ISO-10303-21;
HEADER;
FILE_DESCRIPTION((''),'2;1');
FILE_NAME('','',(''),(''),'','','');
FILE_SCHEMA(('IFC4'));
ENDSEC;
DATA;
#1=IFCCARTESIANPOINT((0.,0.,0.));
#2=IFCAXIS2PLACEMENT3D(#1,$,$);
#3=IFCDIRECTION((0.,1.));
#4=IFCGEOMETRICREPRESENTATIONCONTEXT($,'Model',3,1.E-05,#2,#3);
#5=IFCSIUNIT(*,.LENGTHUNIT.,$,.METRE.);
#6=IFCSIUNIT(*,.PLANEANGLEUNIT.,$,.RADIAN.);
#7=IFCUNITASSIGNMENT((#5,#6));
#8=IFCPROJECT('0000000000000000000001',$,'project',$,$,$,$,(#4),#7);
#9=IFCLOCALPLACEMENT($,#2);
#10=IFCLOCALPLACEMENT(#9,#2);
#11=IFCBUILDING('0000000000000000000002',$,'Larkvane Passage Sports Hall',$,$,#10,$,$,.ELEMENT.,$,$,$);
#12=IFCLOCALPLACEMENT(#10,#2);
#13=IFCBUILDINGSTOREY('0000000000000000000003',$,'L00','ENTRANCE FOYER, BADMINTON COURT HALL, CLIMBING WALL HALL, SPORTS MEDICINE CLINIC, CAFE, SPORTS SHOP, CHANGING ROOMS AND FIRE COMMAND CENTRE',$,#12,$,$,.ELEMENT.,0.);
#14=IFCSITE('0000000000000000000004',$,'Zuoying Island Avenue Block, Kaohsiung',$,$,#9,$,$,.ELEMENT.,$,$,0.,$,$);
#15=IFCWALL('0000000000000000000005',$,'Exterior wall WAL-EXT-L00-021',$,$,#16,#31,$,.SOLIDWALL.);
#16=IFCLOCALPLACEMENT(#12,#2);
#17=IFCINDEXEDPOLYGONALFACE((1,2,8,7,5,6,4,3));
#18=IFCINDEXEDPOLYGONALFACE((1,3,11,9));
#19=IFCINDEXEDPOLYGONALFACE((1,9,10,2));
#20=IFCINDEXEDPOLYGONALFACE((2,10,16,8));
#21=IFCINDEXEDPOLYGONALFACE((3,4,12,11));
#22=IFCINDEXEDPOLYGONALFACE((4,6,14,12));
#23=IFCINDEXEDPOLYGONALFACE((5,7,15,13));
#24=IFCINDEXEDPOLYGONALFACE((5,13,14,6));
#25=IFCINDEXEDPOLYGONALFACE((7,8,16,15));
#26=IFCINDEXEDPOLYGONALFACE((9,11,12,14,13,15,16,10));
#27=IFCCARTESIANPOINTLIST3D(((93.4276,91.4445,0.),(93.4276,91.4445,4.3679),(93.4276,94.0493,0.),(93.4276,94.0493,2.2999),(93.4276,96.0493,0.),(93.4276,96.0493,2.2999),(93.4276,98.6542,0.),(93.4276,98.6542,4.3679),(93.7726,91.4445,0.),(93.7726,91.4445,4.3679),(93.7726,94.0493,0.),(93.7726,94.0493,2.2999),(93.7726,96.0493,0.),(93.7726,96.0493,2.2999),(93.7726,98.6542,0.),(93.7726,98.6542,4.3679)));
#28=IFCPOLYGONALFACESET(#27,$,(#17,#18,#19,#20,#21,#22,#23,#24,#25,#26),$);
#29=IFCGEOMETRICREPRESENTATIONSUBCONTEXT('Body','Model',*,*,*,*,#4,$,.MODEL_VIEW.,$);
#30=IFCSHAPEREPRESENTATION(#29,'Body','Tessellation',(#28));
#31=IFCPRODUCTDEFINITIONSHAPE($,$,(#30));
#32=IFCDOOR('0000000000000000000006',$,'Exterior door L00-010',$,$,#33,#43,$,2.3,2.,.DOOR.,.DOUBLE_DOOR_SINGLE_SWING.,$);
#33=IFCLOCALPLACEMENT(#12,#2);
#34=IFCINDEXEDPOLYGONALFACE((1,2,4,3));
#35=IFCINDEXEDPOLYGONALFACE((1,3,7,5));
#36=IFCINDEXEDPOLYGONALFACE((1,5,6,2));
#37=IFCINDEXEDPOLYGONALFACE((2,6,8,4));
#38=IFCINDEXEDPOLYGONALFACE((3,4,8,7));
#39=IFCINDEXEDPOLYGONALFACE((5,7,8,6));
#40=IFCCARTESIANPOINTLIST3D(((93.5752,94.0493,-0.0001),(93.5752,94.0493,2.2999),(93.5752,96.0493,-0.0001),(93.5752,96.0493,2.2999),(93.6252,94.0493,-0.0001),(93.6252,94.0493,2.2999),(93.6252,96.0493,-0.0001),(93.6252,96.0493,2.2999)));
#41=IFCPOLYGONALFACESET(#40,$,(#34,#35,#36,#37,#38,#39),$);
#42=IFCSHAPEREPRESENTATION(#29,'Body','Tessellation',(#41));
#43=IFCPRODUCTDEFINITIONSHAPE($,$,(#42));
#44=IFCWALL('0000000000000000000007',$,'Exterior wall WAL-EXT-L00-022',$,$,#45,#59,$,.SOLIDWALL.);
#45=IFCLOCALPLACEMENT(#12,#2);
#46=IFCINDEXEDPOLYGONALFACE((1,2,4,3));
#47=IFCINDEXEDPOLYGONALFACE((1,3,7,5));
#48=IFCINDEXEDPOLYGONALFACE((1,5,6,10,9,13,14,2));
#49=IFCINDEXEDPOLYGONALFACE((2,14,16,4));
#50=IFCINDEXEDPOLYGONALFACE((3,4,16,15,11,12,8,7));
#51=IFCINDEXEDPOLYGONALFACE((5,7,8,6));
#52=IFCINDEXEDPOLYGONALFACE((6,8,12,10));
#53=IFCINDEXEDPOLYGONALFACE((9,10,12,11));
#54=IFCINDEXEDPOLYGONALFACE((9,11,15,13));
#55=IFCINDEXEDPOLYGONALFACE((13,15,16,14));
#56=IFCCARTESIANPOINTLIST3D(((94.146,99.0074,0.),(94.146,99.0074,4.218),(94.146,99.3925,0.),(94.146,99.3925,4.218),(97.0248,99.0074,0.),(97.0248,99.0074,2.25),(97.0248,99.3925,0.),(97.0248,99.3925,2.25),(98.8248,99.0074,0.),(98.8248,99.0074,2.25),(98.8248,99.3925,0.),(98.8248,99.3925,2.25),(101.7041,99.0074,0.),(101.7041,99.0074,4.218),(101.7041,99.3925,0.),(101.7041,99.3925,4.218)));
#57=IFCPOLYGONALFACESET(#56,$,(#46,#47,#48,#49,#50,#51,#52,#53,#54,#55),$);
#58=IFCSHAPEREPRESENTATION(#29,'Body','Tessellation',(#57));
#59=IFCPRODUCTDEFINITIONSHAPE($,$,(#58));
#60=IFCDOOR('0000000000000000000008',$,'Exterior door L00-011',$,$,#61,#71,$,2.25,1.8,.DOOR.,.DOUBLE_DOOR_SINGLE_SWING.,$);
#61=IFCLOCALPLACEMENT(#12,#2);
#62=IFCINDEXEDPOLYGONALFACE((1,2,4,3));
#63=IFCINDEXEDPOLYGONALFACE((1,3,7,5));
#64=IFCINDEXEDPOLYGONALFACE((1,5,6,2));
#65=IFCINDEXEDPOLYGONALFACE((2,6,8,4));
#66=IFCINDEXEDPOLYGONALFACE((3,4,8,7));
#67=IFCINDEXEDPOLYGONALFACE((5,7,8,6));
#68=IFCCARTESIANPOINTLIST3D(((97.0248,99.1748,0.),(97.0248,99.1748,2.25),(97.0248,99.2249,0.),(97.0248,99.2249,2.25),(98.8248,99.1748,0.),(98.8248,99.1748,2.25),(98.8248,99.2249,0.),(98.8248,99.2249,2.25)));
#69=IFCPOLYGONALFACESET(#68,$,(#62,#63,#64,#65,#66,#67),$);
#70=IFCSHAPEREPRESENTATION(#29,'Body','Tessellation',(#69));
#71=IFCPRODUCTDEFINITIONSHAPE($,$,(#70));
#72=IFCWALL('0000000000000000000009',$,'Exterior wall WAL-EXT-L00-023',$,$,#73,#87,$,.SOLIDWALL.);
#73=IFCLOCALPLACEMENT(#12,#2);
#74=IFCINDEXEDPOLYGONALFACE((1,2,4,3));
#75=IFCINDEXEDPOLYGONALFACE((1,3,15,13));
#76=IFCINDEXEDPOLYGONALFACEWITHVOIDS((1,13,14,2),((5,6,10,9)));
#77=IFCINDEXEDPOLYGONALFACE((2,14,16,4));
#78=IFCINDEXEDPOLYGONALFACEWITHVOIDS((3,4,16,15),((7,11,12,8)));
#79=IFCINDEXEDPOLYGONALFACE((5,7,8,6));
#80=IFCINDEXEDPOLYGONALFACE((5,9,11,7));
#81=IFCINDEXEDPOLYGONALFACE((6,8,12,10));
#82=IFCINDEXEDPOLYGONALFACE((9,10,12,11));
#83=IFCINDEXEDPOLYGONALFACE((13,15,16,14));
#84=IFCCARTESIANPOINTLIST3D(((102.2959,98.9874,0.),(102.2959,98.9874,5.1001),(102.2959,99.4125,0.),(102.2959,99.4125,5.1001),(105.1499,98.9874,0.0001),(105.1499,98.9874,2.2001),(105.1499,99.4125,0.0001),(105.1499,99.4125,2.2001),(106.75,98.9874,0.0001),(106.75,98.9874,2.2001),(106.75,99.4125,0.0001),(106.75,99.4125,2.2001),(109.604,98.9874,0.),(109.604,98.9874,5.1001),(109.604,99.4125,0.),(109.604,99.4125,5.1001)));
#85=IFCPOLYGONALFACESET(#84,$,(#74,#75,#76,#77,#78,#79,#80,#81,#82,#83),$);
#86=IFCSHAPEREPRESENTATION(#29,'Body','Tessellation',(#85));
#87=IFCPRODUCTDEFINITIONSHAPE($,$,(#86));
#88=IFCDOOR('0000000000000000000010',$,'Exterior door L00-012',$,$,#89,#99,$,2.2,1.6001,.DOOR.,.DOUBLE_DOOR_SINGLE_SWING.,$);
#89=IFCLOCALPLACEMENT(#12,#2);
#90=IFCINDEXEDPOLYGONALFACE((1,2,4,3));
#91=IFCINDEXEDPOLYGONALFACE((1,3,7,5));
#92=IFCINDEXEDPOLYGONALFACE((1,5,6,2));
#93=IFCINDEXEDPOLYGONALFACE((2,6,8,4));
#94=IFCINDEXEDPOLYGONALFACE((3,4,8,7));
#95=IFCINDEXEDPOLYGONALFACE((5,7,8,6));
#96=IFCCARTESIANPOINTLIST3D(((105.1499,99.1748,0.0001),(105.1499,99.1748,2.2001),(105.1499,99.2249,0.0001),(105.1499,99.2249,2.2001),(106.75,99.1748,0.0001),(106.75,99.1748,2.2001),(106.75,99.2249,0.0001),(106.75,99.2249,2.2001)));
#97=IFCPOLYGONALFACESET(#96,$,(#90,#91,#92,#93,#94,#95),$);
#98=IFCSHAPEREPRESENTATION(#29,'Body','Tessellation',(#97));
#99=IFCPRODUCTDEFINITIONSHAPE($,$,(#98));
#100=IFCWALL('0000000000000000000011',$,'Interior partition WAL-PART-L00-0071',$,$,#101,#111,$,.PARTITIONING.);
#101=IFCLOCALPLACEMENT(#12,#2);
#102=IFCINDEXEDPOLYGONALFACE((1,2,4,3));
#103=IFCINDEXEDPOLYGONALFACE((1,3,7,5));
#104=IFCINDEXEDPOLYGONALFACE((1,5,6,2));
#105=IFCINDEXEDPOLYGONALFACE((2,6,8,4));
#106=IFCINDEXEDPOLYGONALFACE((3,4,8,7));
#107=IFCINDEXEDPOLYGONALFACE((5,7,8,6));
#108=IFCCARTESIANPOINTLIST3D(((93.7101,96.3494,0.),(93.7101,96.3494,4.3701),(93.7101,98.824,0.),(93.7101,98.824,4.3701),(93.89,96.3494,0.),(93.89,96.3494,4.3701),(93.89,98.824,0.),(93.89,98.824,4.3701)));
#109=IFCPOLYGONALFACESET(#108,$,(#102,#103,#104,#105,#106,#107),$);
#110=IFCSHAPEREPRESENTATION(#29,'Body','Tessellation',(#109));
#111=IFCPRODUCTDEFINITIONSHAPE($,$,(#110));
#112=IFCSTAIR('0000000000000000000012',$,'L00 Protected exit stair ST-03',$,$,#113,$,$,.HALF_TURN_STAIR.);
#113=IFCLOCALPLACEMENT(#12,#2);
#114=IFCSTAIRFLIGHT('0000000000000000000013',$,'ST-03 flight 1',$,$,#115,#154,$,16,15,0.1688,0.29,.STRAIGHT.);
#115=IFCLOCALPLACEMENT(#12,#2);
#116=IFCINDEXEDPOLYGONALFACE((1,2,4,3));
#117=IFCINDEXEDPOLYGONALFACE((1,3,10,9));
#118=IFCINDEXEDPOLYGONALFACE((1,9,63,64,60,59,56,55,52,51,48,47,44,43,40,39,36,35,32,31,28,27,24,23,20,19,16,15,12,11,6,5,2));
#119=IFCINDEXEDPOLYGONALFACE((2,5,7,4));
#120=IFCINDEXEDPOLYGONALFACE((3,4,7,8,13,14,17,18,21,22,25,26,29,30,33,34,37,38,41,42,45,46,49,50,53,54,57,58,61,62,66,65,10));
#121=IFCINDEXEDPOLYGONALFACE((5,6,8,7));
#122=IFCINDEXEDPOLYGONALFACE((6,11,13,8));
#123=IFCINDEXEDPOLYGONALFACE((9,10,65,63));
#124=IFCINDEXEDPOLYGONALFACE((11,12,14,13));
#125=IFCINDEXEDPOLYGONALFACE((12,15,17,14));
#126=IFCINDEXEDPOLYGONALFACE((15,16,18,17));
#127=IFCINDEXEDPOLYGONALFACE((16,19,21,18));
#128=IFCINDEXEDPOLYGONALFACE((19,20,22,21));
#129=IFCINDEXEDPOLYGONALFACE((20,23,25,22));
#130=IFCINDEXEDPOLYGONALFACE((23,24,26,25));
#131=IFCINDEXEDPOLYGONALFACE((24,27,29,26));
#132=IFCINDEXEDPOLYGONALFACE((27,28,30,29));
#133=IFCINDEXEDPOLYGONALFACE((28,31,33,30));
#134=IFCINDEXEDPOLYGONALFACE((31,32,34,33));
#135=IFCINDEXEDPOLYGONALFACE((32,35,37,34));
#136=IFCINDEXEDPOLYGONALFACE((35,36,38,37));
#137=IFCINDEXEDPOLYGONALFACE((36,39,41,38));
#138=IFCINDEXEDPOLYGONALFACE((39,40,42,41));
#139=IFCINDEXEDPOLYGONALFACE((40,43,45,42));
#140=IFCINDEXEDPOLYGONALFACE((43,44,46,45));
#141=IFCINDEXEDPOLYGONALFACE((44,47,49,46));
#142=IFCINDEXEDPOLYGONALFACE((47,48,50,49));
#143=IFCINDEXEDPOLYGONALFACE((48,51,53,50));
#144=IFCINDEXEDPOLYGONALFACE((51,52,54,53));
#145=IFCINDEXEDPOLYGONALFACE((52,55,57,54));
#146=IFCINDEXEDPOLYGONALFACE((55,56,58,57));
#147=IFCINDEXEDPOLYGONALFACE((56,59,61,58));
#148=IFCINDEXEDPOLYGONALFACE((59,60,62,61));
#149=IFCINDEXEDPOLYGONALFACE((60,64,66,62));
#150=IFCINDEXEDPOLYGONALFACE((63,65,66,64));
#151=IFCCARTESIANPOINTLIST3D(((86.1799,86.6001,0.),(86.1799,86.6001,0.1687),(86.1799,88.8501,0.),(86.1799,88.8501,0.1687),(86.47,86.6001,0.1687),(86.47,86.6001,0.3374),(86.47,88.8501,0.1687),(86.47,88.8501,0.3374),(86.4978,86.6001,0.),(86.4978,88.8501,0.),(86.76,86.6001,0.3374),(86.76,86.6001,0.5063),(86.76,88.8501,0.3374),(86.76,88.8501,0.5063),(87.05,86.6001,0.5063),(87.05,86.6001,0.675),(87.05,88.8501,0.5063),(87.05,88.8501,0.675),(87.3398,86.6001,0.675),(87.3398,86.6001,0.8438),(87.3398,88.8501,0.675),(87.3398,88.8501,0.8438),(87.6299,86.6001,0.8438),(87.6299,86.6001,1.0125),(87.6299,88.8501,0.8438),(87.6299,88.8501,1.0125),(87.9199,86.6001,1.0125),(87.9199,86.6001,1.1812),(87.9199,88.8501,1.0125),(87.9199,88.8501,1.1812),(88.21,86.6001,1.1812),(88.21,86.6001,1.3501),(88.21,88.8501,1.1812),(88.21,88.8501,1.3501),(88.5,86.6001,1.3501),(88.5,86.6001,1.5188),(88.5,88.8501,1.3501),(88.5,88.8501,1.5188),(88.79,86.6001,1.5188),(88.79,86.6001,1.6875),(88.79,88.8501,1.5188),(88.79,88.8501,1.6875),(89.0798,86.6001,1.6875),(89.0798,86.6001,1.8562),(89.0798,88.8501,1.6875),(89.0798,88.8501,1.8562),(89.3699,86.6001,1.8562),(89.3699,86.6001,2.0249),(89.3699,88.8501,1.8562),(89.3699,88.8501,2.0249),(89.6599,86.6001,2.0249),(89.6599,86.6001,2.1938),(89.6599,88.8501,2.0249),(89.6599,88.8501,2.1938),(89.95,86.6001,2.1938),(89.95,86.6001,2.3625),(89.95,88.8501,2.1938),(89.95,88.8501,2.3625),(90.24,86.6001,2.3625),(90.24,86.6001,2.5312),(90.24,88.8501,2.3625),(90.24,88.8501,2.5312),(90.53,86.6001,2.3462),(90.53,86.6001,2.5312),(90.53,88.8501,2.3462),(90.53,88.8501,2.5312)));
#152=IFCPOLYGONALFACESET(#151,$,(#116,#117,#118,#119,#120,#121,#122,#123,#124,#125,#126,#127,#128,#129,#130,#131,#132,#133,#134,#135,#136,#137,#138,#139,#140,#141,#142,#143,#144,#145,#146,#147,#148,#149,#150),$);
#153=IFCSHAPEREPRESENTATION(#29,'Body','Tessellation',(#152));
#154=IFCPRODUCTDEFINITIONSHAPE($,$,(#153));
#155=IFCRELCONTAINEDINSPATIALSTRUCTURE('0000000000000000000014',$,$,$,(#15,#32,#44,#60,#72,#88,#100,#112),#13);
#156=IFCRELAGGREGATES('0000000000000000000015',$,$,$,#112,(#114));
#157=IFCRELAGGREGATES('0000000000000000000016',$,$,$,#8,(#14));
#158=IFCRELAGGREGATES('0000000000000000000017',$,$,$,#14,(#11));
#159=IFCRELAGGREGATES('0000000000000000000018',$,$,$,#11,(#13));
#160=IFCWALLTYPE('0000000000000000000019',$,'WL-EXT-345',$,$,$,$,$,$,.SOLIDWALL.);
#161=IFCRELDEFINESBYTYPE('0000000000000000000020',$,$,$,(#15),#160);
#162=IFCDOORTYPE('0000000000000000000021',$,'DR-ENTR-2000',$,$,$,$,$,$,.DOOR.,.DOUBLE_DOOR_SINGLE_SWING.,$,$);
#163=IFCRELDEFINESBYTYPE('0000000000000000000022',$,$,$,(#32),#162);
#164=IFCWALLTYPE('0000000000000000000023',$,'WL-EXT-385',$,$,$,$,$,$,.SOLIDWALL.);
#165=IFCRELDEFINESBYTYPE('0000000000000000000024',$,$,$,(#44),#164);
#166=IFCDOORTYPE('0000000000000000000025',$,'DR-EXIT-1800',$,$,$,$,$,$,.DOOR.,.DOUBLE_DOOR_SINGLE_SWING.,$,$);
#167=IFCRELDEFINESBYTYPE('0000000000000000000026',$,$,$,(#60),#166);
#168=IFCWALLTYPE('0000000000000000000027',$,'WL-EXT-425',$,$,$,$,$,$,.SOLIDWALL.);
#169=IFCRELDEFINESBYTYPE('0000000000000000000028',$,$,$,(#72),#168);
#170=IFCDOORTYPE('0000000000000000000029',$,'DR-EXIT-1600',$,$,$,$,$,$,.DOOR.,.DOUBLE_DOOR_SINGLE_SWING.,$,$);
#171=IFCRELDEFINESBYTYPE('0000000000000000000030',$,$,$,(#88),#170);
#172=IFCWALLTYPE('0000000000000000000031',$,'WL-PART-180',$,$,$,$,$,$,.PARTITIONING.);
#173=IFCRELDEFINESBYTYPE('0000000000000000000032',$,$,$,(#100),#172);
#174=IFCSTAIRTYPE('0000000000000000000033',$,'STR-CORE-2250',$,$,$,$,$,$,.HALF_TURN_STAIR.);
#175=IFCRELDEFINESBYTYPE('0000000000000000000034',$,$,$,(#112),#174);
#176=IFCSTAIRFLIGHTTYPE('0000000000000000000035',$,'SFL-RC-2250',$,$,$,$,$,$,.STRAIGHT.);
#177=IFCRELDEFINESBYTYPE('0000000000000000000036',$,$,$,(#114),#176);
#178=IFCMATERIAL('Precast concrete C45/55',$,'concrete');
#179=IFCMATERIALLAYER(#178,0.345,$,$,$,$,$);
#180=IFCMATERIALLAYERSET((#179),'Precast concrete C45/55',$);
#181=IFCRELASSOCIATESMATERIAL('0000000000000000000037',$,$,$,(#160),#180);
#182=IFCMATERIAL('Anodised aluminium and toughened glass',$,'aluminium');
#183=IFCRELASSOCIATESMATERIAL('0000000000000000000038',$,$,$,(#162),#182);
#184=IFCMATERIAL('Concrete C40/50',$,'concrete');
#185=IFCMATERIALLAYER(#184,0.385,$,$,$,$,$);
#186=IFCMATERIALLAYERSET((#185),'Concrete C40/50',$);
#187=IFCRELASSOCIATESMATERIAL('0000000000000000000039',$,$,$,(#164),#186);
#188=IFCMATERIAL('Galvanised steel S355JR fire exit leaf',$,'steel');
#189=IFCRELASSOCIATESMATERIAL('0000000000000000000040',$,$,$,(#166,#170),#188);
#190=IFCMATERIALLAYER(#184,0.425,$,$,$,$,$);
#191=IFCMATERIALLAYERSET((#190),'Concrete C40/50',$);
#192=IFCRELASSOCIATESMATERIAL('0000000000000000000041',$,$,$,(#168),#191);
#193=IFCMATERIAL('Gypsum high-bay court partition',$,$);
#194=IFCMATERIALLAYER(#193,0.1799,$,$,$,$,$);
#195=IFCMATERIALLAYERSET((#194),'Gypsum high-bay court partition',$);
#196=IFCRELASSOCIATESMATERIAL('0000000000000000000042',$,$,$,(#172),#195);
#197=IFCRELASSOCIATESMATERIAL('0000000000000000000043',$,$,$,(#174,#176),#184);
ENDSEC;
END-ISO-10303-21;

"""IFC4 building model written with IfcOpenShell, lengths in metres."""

from ifc_helpers import new_model, si_unit, direction, frame, frame_2d, origin, place, context, subcontext, project, spatial, polyline, rectangle, outline, extrude, material, layer, layer_set, type_object, element, fill, aggregate, save


model = new_model("IFC4")

# Units and contexts
model_context = context("Model", 3, precision=1e-05, world=origin(), true_north=direction((0.0, 1.0)))
body_context = subcontext(model_context, "Body", "Model", "MODEL_VIEW")
ifc_project = project(units=[si_unit("LENGTHUNIT", "METRE"), si_unit("PLANEANGLEUNIT", "RADIAN")], contexts=[model_context])

# Site, building, storey
site_placement = place(None, origin())
site = spatial("IfcSite", under=ifc_project, at=site_placement, Name="Zuoying Island Avenue Block, Kaohsiung", CompositionType="ELEMENT", RefElevation=0.0)
building_placement = place(site_placement, origin())
building = spatial("IfcBuilding", under=site, at=building_placement, Name="Larkvane Passage Sports Hall", CompositionType="ELEMENT")
storey_placement = place(building_placement, origin())
storey = spatial("IfcBuildingStorey", under=building, at=storey_placement, Name="L00", Description="ENTRANCE FOYER, BADMINTON COURT HALL, CLIMBING WALL HALL, SPORTS MEDICINE CLINIC, CAFE, SPORTS SHOP, CHANGING ROOMS AND FIRE COMMAND CENTRE", CompositionType="ELEMENT", Elevation=0.0)

# Shared definitions
ifc_material_1 = material(Name="Concrete C40/50", Category="concrete")

# Walls, openings, doors
ifc_material_2 = material(Name="Precast concrete C45/55", Category="concrete")
ifc_layer_1 = layer(ifc_material_2, 0.345)
ifc_layer_set_1 = layer_set([ifc_layer_1], Name="Precast concrete C45/55")
wall_type_1 = type_object("IfcWallType", Name="WL-EXT-345", PredefinedType="SOLIDWALL", material=ifc_layer_set_1)
wall_1_placement = place(storey_placement, frame((93.6001, 91.4443, 0.0), z_axis=(0.0, 0.0, 1.0), x_axis=(0.0, 1.0, 0.0)))
wall_1 = element("IfcWall", 1, at=wall_1_placement, inside=storey, type_object=wall_type_1, Name="Exterior wall WAL-EXT-L00-021", PredefinedType="SOLIDWALL", context=body_context, shape_type="SweptSolid", body=[
    extrude(rectangle(XDim=7.2097, YDim=0.345, at=frame_2d((3.605, 0.0))), origin(), (0.0, 0.0, 1.0), 4.3679),
])
opening_1_placement = place(wall_1_placement, frame((2.605, 0.0, 0.0)))
opening_1 = element("IfcOpeningElement", 2, at=opening_1_placement, cuts=wall_1, PredefinedType="OPENING", context=body_context, shape_type="SweptSolid", body=[
    extrude(rectangle(XDim=2.0, YDim=2.3, at=frame_2d((1.0, 1.1499))), frame((0.0, 0.1824, 0.0), z_axis=(0.0, -1.0, 0.0), x_axis=(1.0, 0.0, 0.0)), (0.0, 0.0, 1.0), 0.365),
])
ifc_material_3 = material(Name="Anodised aluminium and toughened glass", Category="aluminium")
door_type_1 = type_object("IfcDoorType", Name="DR-ENTR-2000", OperationType="DOUBLE_DOOR_SINGLE_SWING", PredefinedType="DOOR", material=ifc_material_3)
door_1_placement = place(opening_1_placement, origin())
door_1 = element("IfcDoor", 3, at=door_1_placement, inside=storey, type_object=door_type_1, Name="Exterior door L00-010", OperationType="DOUBLE_DOOR_SINGLE_SWING", OverallHeight=2.3, OverallWidth=2.0, PredefinedType="DOOR", context=body_context, shape_type="SweptSolid", body=[
    extrude(rectangle(XDim=2.0, YDim=2.3, at=frame_2d((1.0, 1.1499))), frame((0.0, 0.0249, 0.0), z_axis=(0.0, -1.0, 0.0), x_axis=(1.0, 0.0, 0.0)), (0.0, 0.0, 1.0), 0.05),
])
fill(opening_1, door_1)
ifc_layer_2 = layer(ifc_material_1, 0.385)
ifc_layer_set_2 = layer_set([ifc_layer_2], Name="Concrete C40/50")
wall_type_2 = type_object("IfcWallType", Name="WL-EXT-385", PredefinedType="SOLIDWALL", material=ifc_layer_set_2)
wall_2_placement = place(storey_placement, frame((94.146, 99.2, 0.0), z_axis=(0.0, 0.0, 1.0), x_axis=(1.0, 0.0, 0.0)))
wall_2 = element("IfcWall", 4, at=wall_2_placement, inside=storey, type_object=wall_type_2, Name="Exterior wall WAL-EXT-L00-022", PredefinedType="SOLIDWALL", context=body_context, shape_type="SweptSolid", body=[
    extrude(rectangle(XDim=7.5581, YDim=0.385, at=frame_2d((3.7791, 0.0))), origin(), (0.0, 0.0, 1.0), 4.218),
])
opening_2_placement = place(wall_2_placement, frame((2.8789, 0.0, 0.0)))
opening_2 = element("IfcOpeningElement", 5, at=opening_2_placement, cuts=wall_2, PredefinedType="OPENING", context=body_context, shape_type="SweptSolid", body=[
    extrude(rectangle(XDim=1.8, YDim=2.25, at=frame_2d((0.8999, 1.125))), frame((0.0, 0.2024, 0.0), z_axis=(0.0, -1.0, 0.0), x_axis=(1.0, 0.0, 0.0)), (0.0, 0.0, 1.0), 0.405),
])
ifc_material_4 = material(Name="Galvanised steel S355JR fire exit leaf", Category="steel")
door_type_2 = type_object("IfcDoorType", Name="DR-EXIT-1800", OperationType="DOUBLE_DOOR_SINGLE_SWING", PredefinedType="DOOR", material=ifc_material_4)
door_2_placement = place(opening_2_placement, origin())
door_2 = element("IfcDoor", 6, at=door_2_placement, inside=storey, type_object=door_type_2, Name="Exterior door L00-011", OperationType="DOUBLE_DOOR_SINGLE_SWING", OverallHeight=2.25, OverallWidth=1.8, PredefinedType="DOOR", context=body_context, shape_type="SweptSolid", body=[
    extrude(rectangle(XDim=1.8, YDim=2.25, at=frame_2d((0.8999, 1.125))), frame((0.0, 0.0249, 0.0), z_axis=(0.0, -1.0, 0.0), x_axis=(1.0, 0.0, 0.0)), (0.0, 0.0, 1.0), 0.05),
])
fill(opening_2, door_2)
ifc_layer_3 = layer(ifc_material_1, 0.425)
ifc_layer_set_3 = layer_set([ifc_layer_3], Name="Concrete C40/50")
wall_type_3 = type_object("IfcWallType", Name="WL-EXT-425", PredefinedType="SOLIDWALL", material=ifc_layer_set_3)
wall_3_placement = place(storey_placement, frame((102.2959, 99.2, 0.0), z_axis=(0.0, 0.0, 1.0), x_axis=(1.0, 0.0, 0.0)))
wall_3 = element("IfcWall", 7, at=wall_3_placement, inside=storey, type_object=wall_type_3, Name="Exterior wall WAL-EXT-L00-023", PredefinedType="SOLIDWALL", context=body_context, shape_type="SweptSolid", body=[
    extrude(rectangle(XDim=7.3081, YDim=0.425, at=frame_2d((3.6541, 0.0))), origin(), (0.0, 0.0, 1.0), 5.1001),
])
opening_3_placement = place(wall_3_placement, frame((2.854, 0.0, 0.0)))
opening_3 = element("IfcOpeningElement", 8, at=opening_3_placement, cuts=wall_3, PredefinedType="OPENING", context=body_context, shape_type="SweptSolid", body=[
    extrude(rectangle(XDim=1.6001, YDim=2.2, at=frame_2d((0.8, 1.1001))), frame((0.0, 0.2224, 0.0), z_axis=(0.0, -1.0, 0.0), x_axis=(1.0, 0.0, 0.0)), (0.0, 0.0, 1.0), 0.4451),
])
door_type_3 = type_object("IfcDoorType", Name="DR-EXIT-1600", OperationType="DOUBLE_DOOR_SINGLE_SWING", PredefinedType="DOOR", material=ifc_material_4)
door_3_placement = place(opening_3_placement, origin())
door_3 = element("IfcDoor", 9, at=door_3_placement, inside=storey, type_object=door_type_3, Name="Exterior door L00-012", OperationType="DOUBLE_DOOR_SINGLE_SWING", OverallHeight=2.2, OverallWidth=1.6001, PredefinedType="DOOR", context=body_context, shape_type="SweptSolid", body=[
    extrude(rectangle(XDim=1.6001, YDim=2.2, at=frame_2d((0.8, 1.1001))), frame((0.0, 0.0249, 0.0), z_axis=(0.0, -1.0, 0.0), x_axis=(1.0, 0.0, 0.0)), (0.0, 0.0, 1.0), 0.05),
])
fill(opening_3, door_3)

# Wall
ifc_material_5 = material(Name="Gypsum high-bay court partition")
ifc_layer_4 = layer(ifc_material_5, 0.1799)
ifc_layer_set_4 = layer_set([ifc_layer_4], Name="Gypsum high-bay court partition")
wall_type_4 = type_object("IfcWallType", Name="WL-PART-180", PredefinedType="PARTITIONING", material=ifc_layer_set_4)
wall_4_placement = place(storey_placement, frame((93.8, 96.3494, 0.0), z_axis=(0.0, 0.0, 1.0), x_axis=(0.0, 1.0, 0.0)))
element("IfcWall", 10, at=wall_4_placement, inside=storey, type_object=wall_type_4, Name="Interior partition WAL-PART-L00-0071", PredefinedType="PARTITIONING", context=body_context, shape_type="SweptSolid", body=[
    extrude(rectangle(XDim=2.4746, YDim=0.1799, at=frame_2d((1.2373, 0.0))), origin(), (0.0, 0.0, 1.0), 4.3701),
])

# Stair, stair flight
stair_type = type_object("IfcStairType", Name="STR-CORE-2250", PredefinedType="HALF_TURN_STAIR", material=ifc_material_1)
stair_placement = place(storey_placement, origin())
stair = element("IfcStair", 11, at=stair_placement, inside=storey, type_object=stair_type, Name="L00 Protected exit stair ST-03", PredefinedType="HALF_TURN_STAIR")
stair_flight_type = type_object("IfcStairFlightType", Name="SFL-RC-2250", PredefinedType="STRAIGHT", material=ifc_material_1)
stair_flight_1_placement = place(storey_placement, frame((86.1799, 87.7251, 0.0), z_axis=(0.0, 0.0, 1.0), x_axis=(1.0, 0.0, 0.0)))
stair_flight_1 = element("IfcStairFlight", 12, at=stair_flight_1_placement, type_object=stair_flight_type, Name="ST-03 flight 1", NumberOfRisers=16, NumberOfTreads=15, PredefinedType="STRAIGHT", RiserHeight=0.1688, TreadLength=0.29, context=body_context, shape_type="SweptSolid", body=[
    extrude(outline(polyline([(0.0, 0.0), (0.0, 0.1687), (0.29, 0.1687), (0.29, 0.3374), (0.5801, 0.3374), (0.5801, 0.5063), (0.8701, 0.5063), (0.8701, 0.675), (1.1599, 0.675), (1.1599, 0.8438), (1.45, 0.8438), (1.45, 1.0125), (1.74, 1.0125), (1.74, 1.1812), (2.03, 1.1812), (2.03, 1.3501), (2.3201, 1.3501), (2.3201, 1.5188), (2.6101, 1.5188), (2.6101, 1.6875), (2.8999, 1.6875), (2.8999, 1.8562), (3.1899, 1.8562), (3.1899, 2.0249), (3.48, 2.0249), (3.48, 2.1938), (3.77, 2.1938), (3.77, 2.3625), (4.0601, 2.3625), (4.0601, 2.5312), (4.3501, 2.5312), (4.3501, 2.7), (4.3501, 2.3462), (0.3179, 0.0), (0.0, 0.0)])), frame((0.0, 1.125, 0.0), z_axis=(0.0, -1.0, 0.0), x_axis=(1.0, 0.0, 0.0)), (0.0, 0.0, 1.0), 2.25),
])
aggregate(stair, [stair_flight_1])

save(model, "model.ifc")
